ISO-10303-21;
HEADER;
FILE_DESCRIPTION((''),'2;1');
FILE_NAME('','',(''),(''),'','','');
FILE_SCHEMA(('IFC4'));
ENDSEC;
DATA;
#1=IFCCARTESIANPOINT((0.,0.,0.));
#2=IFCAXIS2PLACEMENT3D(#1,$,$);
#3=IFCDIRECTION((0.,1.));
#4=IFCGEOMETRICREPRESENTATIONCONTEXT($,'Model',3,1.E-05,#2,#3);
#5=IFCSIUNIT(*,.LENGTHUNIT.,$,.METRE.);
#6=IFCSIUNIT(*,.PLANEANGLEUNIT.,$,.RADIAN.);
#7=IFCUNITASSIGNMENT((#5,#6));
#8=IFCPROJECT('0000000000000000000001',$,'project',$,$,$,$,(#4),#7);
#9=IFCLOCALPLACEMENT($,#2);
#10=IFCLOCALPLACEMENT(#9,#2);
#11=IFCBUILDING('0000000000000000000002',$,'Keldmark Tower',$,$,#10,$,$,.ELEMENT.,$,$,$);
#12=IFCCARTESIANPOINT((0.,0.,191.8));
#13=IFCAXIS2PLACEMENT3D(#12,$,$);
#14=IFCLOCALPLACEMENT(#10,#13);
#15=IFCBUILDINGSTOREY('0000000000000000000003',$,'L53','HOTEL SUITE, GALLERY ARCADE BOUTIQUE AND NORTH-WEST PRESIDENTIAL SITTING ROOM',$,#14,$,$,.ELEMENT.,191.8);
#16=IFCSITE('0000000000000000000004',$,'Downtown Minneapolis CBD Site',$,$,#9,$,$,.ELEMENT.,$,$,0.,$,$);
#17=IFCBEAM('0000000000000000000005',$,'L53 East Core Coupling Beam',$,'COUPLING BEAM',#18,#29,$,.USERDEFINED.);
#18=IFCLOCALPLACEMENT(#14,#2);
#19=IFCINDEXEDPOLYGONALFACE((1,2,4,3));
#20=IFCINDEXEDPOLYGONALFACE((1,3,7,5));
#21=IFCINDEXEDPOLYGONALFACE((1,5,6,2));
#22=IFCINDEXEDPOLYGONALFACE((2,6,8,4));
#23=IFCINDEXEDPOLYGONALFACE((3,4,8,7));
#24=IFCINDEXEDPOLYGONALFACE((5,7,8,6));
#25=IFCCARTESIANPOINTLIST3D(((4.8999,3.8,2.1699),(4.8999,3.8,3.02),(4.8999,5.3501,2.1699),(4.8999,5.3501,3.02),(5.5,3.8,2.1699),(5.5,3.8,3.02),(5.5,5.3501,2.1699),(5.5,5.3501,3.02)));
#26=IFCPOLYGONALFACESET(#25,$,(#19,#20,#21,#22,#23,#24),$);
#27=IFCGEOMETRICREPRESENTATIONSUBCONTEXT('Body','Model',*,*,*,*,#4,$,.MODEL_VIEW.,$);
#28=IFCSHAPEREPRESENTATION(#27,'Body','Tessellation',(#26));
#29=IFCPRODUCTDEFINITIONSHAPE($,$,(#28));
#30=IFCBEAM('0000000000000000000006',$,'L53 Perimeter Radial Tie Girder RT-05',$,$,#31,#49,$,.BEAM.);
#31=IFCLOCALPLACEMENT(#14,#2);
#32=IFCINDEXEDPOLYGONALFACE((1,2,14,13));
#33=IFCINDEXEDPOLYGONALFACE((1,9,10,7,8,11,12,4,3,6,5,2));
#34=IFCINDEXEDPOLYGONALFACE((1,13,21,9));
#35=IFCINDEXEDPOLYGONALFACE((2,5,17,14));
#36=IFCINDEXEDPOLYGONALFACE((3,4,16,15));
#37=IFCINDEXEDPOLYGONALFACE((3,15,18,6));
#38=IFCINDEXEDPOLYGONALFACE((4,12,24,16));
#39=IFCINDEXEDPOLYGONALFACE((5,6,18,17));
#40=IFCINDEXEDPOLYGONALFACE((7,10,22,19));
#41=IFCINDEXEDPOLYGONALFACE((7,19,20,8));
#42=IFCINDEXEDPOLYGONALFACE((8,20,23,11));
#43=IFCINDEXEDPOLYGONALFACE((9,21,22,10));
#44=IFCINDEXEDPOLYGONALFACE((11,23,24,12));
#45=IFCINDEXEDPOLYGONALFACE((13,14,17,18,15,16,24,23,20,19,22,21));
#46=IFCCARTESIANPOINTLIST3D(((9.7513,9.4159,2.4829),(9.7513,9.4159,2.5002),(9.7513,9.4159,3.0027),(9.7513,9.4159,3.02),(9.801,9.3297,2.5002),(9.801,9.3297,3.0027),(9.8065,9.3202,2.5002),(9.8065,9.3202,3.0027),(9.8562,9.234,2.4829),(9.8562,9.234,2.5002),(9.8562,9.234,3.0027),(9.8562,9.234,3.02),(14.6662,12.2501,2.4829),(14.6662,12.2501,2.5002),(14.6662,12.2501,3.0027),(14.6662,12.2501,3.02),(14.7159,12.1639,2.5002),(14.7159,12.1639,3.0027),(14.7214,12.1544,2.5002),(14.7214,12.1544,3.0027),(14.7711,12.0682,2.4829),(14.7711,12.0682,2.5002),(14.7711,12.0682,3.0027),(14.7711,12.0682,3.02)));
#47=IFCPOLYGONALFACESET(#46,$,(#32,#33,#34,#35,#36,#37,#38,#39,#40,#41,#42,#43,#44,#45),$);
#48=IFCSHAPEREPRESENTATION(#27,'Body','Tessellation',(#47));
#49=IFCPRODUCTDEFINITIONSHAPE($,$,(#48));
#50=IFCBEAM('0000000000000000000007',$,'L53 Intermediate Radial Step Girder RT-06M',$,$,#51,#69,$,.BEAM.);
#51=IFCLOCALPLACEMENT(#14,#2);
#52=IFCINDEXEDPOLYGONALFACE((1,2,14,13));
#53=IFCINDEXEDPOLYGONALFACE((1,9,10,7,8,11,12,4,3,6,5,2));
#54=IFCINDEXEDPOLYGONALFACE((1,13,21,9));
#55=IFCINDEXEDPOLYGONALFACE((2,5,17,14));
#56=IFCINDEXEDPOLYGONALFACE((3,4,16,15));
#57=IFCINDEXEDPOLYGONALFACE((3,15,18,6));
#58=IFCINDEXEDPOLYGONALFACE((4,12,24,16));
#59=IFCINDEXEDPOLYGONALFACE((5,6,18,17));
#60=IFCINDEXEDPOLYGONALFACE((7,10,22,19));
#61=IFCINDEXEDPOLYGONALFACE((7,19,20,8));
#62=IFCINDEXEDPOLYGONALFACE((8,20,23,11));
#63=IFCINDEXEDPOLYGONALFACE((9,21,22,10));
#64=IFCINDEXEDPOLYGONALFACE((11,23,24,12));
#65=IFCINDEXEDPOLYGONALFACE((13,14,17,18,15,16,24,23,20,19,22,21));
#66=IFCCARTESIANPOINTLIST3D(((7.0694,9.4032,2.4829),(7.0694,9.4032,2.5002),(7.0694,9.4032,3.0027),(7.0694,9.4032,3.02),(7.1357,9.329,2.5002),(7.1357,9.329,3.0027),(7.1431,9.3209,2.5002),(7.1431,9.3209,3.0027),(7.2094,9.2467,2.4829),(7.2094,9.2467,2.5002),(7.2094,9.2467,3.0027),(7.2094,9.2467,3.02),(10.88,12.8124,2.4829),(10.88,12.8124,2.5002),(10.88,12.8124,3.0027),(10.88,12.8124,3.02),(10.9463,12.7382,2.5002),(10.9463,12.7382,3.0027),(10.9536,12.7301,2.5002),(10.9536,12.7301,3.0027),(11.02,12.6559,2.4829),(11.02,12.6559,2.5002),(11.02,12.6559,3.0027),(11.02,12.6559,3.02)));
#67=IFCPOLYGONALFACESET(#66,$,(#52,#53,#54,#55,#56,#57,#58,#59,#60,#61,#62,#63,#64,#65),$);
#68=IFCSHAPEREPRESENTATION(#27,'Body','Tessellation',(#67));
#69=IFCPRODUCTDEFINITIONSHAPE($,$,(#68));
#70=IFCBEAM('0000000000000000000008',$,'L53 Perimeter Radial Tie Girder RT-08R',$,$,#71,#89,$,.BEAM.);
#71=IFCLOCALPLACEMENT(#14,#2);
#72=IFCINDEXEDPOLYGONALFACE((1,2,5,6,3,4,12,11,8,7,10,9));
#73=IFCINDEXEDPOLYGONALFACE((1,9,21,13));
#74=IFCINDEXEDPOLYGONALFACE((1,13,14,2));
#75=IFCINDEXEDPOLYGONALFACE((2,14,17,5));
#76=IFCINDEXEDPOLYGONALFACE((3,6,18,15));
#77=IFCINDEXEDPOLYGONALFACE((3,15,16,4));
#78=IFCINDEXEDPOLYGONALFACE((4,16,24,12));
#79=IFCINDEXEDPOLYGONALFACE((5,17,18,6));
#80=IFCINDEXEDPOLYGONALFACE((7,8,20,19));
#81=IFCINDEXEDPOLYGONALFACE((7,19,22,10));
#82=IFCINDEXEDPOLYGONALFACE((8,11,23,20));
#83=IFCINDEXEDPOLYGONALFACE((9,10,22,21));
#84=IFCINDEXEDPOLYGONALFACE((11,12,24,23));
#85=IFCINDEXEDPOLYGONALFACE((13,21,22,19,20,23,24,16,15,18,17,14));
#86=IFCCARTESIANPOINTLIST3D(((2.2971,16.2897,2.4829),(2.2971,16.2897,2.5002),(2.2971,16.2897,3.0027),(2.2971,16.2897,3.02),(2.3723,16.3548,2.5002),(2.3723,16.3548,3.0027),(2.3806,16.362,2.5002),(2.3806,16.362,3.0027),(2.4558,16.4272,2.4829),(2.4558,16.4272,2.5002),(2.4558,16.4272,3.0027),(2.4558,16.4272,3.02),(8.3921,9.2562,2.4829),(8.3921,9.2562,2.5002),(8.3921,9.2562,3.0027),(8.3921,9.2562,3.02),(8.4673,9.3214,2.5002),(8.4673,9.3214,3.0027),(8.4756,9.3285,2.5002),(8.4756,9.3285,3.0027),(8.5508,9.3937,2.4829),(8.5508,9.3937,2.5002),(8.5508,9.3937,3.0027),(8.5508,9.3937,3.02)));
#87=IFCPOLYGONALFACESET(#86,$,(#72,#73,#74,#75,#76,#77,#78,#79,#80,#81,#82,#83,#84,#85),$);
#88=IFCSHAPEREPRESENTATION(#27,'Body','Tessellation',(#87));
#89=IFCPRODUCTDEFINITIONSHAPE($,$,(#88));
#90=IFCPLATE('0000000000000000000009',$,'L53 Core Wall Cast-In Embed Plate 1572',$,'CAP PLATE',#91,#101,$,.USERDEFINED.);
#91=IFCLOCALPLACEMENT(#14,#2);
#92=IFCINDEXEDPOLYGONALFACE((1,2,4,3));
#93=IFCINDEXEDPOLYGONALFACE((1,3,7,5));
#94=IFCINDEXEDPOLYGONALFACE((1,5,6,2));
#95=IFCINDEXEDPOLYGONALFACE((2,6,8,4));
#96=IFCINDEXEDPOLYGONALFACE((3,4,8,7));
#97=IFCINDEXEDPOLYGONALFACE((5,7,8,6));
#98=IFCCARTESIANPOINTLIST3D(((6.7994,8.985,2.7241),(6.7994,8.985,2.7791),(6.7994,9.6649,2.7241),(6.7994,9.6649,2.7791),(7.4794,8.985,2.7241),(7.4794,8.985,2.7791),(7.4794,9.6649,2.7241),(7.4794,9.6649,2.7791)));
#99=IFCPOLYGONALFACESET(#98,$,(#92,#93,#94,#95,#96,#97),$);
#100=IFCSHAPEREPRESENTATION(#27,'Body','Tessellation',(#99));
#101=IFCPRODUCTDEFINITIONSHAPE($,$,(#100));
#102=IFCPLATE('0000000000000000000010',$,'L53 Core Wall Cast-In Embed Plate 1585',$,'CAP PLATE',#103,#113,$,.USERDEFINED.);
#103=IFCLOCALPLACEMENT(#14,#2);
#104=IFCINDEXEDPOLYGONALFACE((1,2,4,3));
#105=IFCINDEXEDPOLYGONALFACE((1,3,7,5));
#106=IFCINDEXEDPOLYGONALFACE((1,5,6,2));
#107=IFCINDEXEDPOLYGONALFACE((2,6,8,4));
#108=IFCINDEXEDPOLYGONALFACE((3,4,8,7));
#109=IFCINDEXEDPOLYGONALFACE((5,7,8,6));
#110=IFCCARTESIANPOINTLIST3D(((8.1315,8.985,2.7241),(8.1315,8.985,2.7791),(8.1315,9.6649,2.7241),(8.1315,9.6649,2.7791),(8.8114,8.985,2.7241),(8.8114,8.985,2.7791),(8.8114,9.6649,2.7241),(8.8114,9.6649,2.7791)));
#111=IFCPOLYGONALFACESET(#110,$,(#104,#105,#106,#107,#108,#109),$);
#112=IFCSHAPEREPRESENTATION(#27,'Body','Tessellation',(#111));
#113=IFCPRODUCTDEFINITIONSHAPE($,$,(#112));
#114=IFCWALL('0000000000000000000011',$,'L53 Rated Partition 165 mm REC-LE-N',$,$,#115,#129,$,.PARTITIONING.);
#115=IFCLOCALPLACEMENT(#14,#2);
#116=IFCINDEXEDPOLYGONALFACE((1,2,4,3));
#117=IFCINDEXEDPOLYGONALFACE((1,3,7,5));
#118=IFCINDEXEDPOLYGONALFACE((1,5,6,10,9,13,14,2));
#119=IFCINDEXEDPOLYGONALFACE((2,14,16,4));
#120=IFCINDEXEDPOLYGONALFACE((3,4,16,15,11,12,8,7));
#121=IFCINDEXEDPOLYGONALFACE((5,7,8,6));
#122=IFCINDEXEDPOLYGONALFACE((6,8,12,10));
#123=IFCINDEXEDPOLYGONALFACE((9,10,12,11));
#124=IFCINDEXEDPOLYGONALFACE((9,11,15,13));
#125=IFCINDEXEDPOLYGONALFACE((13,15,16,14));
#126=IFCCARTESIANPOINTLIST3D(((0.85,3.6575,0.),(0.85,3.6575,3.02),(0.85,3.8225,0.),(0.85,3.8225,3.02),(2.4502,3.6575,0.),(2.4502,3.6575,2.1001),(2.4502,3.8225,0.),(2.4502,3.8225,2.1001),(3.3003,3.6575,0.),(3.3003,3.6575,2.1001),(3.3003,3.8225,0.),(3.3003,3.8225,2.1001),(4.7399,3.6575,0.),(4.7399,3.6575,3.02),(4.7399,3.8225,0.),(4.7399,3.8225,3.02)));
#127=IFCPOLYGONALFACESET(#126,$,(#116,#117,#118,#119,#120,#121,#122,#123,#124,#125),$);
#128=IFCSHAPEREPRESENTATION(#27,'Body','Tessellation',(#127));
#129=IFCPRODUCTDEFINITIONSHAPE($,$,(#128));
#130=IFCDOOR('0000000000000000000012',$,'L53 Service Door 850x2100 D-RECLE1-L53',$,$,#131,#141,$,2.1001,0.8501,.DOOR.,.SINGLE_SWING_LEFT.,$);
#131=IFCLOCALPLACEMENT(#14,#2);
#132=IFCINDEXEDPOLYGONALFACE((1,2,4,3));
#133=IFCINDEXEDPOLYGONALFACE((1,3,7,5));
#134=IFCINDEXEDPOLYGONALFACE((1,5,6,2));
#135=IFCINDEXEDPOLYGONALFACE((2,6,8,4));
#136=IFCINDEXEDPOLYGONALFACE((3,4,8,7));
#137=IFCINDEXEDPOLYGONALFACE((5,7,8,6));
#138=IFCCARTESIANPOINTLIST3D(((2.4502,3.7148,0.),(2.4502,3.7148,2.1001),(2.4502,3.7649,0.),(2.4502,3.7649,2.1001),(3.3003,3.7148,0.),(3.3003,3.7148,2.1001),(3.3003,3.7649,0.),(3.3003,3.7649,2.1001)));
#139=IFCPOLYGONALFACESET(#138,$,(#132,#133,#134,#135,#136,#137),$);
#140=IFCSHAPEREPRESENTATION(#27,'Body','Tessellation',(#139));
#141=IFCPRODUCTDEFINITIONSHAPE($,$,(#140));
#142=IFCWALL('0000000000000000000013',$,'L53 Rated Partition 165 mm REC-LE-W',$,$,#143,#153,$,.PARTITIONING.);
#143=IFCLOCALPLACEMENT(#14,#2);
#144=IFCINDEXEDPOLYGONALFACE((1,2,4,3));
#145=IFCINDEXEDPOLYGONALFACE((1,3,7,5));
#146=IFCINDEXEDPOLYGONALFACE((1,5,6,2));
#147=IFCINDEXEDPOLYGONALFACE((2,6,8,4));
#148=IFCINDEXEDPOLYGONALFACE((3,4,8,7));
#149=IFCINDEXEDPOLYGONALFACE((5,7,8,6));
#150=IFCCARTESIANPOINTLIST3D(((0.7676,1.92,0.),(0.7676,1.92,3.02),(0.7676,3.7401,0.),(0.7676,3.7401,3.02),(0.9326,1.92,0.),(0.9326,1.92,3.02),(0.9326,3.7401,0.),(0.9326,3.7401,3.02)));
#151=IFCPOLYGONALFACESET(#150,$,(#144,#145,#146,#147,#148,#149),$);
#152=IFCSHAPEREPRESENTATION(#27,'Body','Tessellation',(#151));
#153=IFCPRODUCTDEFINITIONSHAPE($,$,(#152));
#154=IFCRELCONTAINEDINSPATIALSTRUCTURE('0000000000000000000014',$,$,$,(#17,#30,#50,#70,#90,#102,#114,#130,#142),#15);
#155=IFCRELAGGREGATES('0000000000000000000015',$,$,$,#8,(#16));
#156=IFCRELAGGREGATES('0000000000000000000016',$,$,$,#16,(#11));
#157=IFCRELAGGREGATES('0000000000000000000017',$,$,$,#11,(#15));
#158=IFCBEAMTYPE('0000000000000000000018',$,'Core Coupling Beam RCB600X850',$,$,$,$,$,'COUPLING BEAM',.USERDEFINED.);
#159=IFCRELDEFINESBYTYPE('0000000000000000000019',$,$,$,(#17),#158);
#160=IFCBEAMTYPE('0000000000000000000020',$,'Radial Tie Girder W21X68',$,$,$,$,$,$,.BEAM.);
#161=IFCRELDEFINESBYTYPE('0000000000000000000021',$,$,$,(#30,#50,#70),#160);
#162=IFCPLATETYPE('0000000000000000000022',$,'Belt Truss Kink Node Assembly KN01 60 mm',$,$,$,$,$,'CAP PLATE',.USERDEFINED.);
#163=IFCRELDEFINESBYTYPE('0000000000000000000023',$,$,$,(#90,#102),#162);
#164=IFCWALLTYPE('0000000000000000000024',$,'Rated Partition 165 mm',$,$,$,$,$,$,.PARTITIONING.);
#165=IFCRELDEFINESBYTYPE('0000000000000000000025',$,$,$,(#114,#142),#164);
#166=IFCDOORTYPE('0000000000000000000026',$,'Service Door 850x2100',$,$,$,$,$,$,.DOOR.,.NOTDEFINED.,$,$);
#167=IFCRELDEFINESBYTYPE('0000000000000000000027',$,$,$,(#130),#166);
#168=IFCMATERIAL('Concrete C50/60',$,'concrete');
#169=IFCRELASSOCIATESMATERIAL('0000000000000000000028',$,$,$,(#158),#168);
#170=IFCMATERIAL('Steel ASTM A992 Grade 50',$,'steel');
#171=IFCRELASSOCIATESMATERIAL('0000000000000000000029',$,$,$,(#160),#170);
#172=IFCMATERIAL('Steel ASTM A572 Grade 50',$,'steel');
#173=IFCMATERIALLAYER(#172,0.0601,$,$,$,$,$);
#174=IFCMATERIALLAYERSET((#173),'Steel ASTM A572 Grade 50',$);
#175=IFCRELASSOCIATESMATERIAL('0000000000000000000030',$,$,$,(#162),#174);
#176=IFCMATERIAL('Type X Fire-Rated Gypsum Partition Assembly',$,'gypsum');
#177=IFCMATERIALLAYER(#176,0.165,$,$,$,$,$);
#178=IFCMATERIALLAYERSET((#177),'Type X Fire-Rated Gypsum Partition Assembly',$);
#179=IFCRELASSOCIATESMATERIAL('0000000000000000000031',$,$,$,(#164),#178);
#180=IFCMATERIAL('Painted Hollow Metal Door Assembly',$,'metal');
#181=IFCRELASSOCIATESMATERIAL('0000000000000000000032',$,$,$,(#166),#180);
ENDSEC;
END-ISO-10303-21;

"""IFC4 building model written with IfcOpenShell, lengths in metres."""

from ifc_helpers import new_model, si_unit, direction, frame, frame_2d, origin, origin_2d, place, context, subcontext, project, spatial, rectangle, i_section, extrude, material, layer, layer_set, material_profile, profile_set, type_object, element, fill, save


model = new_model("IFC4")

# Units and contexts
model_context = context("Model", 3, precision=1e-05, world=origin(), true_north=direction((0.0, 1.0)))
body_context = subcontext(model_context, "Body", "Model", "MODEL_VIEW")
ifc_project = project(units=[si_unit("LENGTHUNIT", "METRE"), si_unit("PLANEANGLEUNIT", "RADIAN")], contexts=[model_context])

# Site, building, storey
site_placement = place(None, origin())
site = spatial("IfcSite", under=ifc_project, at=site_placement, Name="Downtown Minneapolis CBD Site", CompositionType="ELEMENT", RefElevation=0.0)
building_placement = place(site_placement, origin())
building = spatial("IfcBuilding", under=site, at=building_placement, Name="Keldmark Tower", CompositionType="ELEMENT")
storey_placement = place(building_placement, frame((0.0, 0.0, 191.8)))
storey = spatial("IfcBuildingStorey", under=building, at=storey_placement, Name="L53", Description="HOTEL SUITE, GALLERY ARCADE BOUTIQUE AND NORTH-WEST PRESIDENTIAL SITTING ROOM", CompositionType="ELEMENT", Elevation=191.8)

# Beams
ifc_material_1 = material(Name="Concrete C50/60", Category="concrete")
ifc_material_profile_1 = material_profile(ifc_material_1, rectangle(XDim=0.6001, YDim=0.8501, at=origin_2d()), Name="RCB600X850")
ifc_profile_set_1 = profile_set([ifc_material_profile_1], Name="Concrete C50/60")
beam_type_1 = type_object("IfcBeamType", Name="Core Coupling Beam RCB600X850", ElementType="COUPLING BEAM", PredefinedType="USERDEFINED", material=ifc_profile_set_1)
beam_1_placement = place(storey_placement, frame((5.2, 3.8, 2.595), z_axis=(0.0, 1.0, 0.0), x_axis=(-1.0, 0.0, 0.0)))
element("IfcBeam", 1, at=beam_1_placement, inside=storey, type_object=beam_type_1, Name="L53 East Core Coupling Beam", ObjectType="COUPLING BEAM", PredefinedType="USERDEFINED", context=body_context, shape_type="SweptSolid", body=[
    extrude(rectangle(XDim=0.6001, YDim=0.8501, at=origin_2d()), origin(), (0.0, 0.0, 1.0), 1.55),
])
ifc_material_2 = material(Name="Steel ASTM A992 Grade 50", Category="steel")
ifc_material_profile_2 = material_profile(ifc_material_2, i_section(OverallWidth=0.21, OverallDepth=0.5371, WebThickness=0.011, FlangeThickness=0.0173, at=origin_2d()), Name="W21X68")
ifc_profile_set_2 = profile_set([ifc_material_profile_2], Name="Steel ASTM A992 Grade 50")
beam_type_2 = type_object("IfcBeamType", Name="Radial Tie Girder W21X68", PredefinedType="BEAM", material=ifc_profile_set_2)
beam_2_placement = place(storey_placement, frame((9.8037, 9.325, 2.7515), z_axis=(0.86629, 0.499541, 0.0), x_axis=(-0.499541, 0.86629, 0.0)))
element("IfcBeam", 2, at=beam_2_placement, inside=storey, type_object=beam_type_2, Name="L53 Perimeter Radial Tie Girder RT-05", PredefinedType="BEAM", context=body_context, shape_type="SweptSolid", body=[
    extrude(i_section(OverallWidth=0.21, OverallDepth=0.5371, WebThickness=0.011, FlangeThickness=0.0173, at=origin_2d()), origin(), (0.0, 0.0, 1.0), 5.6736),
])
beam_3_placement = place(storey_placement, frame((7.1394, 9.325, 2.7515), z_axis=(0.745266, 0.666767, 0.0), x_axis=(-0.666767, 0.745266, 0.0)))
element("IfcBeam", 3, at=beam_3_placement, inside=storey, type_object=beam_type_2, Name="L53 Intermediate Radial Step Girder RT-06M", PredefinedType="BEAM", context=body_context, shape_type="SweptSolid", body=[
    extrude(i_section(OverallWidth=0.21, OverallDepth=0.5371, WebThickness=0.011, FlangeThickness=0.0173, at=origin_2d()), origin(), (0.0, 0.0, 1.0), 5.113),
])
beam_4_placement = place(storey_placement, frame((8.4714, 9.325, 2.7515), z_axis=(-0.654889, 0.755725, 0.0), x_axis=(-0.755725, -0.654889, 0.0)))
element("IfcBeam", 4, at=beam_4_placement, inside=storey, type_object=beam_type_2, Name="L53 Perimeter Radial Tie Girder RT-08R", PredefinedType="BEAM", context=body_context, shape_type="SweptSolid", body=[
    extrude(i_section(OverallWidth=0.21, OverallDepth=0.5371, WebThickness=0.011, FlangeThickness=0.0173, at=origin_2d()), origin(), (0.0, 0.0, 1.0), 9.3069),
])

# Plates
ifc_material_3 = material(Name="Steel ASTM A572 Grade 50", Category="steel")
ifc_layer_1 = layer(ifc_material_3, 0.0601)
ifc_layer_set_1 = layer_set([ifc_layer_1], Name="Steel ASTM A572 Grade 50")
plate_type = type_object("IfcPlateType", Name="Belt Truss Kink Node Assembly KN01 60 mm", ElementType="CAP PLATE", PredefinedType="USERDEFINED", material=ifc_layer_set_1)
for number, where, z_axis, x_axis, name in (
    (5, (7.1394, 9.325, 2.7241), (0.0, 0.0, 1.0), (1.0, 0.0, 0.0), "L53 Core Wall Cast-In Embed Plate 1572"),
    (6, (8.4714, 9.325, 2.7241), (0.0, 0.0, 1.0), (1.0, 0.0, 0.0), "L53 Core Wall Cast-In Embed Plate 1585"),
):
    element("IfcPlate", number, at=place(storey_placement, frame(where, z_axis=z_axis, x_axis=x_axis)), inside=storey, type_object=plate_type, Name=name, ObjectType="CAP PLATE", PredefinedType="USERDEFINED", context=body_context, shape_type="SweptSolid", body=[
        extrude(rectangle(XDim=0.6799, YDim=0.6799, at=origin_2d()), origin(), (0.0, 0.0, 1.0), 0.0549),
    ])

# Wall, opening, door
ifc_material_4 = material(Name="Type X Fire-Rated Gypsum Partition Assembly", Category="gypsum")
ifc_layer_2 = layer(ifc_material_4, 0.165)
ifc_layer_set_2 = layer_set([ifc_layer_2], Name="Type X Fire-Rated Gypsum Partition Assembly")
wall_type_1 = type_object("IfcWallType", Name="Rated Partition 165 mm", PredefinedType="PARTITIONING", material=ifc_layer_set_2)
wall_1_placement = place(storey_placement, frame((0.8501, 3.74, 0.0), z_axis=(0.0, 0.0, 1.0), x_axis=(1.0, 0.0, 0.0)))
wall_1 = element("IfcWall", 7, at=wall_1_placement, inside=storey, type_object=wall_type_1, Name="L53 Rated Partition 165 mm REC-LE-N", PredefinedType="PARTITIONING", context=body_context, shape_type="SweptSolid", body=[
    extrude(rectangle(XDim=3.8899, YDim=0.165, at=frame_2d((1.9448, 0.0))), origin(), (0.0, 0.0, 1.0), 3.02),
])
opening_1_placement = place(wall_1_placement, frame((1.6001, 0.0, 0.0)))
opening_1 = element("IfcOpeningElement", 8, at=opening_1_placement, cuts=wall_1, PredefinedType="OPENING", context=body_context, shape_type="SweptSolid", body=[
    extrude(rectangle(XDim=0.8501, YDim=2.1001, at=frame_2d((0.425, 1.05))), frame((0.0, 0.0925, 0.0), z_axis=(0.0, -1.0, 0.0), x_axis=(1.0, 0.0, 0.0)), (0.0, 0.0, 1.0), 0.1851),
])
ifc_material_5 = material(Name="Painted Hollow Metal Door Assembly", Category="metal")
door_type_1 = type_object("IfcDoorType", Name="Service Door 850x2100", OperationType="NOTDEFINED", PredefinedType="DOOR", material=ifc_material_5)
door_1_placement = place(opening_1_placement, origin())
door_1 = element("IfcDoor", 9, at=door_1_placement, inside=storey, type_object=door_type_1, Name="L53 Service Door 850x2100 D-RECLE1-L53", OperationType="SINGLE_SWING_LEFT", OverallHeight=2.1001, OverallWidth=0.8501, PredefinedType="DOOR", context=body_context, shape_type="SweptSolid", body=[
    extrude(rectangle(XDim=0.8501, YDim=2.1001, at=frame_2d((0.425, 1.05))), frame((0.0, 0.0249, 0.0), z_axis=(0.0, -1.0, 0.0), x_axis=(1.0, 0.0, 0.0)), (0.0, 0.0, 1.0), 0.05),
])
fill(opening_1, door_1)

# Wall
wall_2_placement = place(storey_placement, frame((0.8501, 1.9199, 0.0), z_axis=(0.0, 0.0, 1.0), x_axis=(0.0, 1.0, 0.0)))
element("IfcWall", 10, at=wall_2_placement, inside=storey, type_object=wall_type_1, Name="L53 Rated Partition 165 mm REC-LE-W", PredefinedType="PARTITIONING", context=body_context, shape_type="SweptSolid", body=[
    extrude(rectangle(XDim=1.8201, YDim=0.165, at=frame_2d((0.9102, 0.0))), origin(), (0.0, 0.0, 1.0), 3.02),
])

save(model, "model.ifc")
